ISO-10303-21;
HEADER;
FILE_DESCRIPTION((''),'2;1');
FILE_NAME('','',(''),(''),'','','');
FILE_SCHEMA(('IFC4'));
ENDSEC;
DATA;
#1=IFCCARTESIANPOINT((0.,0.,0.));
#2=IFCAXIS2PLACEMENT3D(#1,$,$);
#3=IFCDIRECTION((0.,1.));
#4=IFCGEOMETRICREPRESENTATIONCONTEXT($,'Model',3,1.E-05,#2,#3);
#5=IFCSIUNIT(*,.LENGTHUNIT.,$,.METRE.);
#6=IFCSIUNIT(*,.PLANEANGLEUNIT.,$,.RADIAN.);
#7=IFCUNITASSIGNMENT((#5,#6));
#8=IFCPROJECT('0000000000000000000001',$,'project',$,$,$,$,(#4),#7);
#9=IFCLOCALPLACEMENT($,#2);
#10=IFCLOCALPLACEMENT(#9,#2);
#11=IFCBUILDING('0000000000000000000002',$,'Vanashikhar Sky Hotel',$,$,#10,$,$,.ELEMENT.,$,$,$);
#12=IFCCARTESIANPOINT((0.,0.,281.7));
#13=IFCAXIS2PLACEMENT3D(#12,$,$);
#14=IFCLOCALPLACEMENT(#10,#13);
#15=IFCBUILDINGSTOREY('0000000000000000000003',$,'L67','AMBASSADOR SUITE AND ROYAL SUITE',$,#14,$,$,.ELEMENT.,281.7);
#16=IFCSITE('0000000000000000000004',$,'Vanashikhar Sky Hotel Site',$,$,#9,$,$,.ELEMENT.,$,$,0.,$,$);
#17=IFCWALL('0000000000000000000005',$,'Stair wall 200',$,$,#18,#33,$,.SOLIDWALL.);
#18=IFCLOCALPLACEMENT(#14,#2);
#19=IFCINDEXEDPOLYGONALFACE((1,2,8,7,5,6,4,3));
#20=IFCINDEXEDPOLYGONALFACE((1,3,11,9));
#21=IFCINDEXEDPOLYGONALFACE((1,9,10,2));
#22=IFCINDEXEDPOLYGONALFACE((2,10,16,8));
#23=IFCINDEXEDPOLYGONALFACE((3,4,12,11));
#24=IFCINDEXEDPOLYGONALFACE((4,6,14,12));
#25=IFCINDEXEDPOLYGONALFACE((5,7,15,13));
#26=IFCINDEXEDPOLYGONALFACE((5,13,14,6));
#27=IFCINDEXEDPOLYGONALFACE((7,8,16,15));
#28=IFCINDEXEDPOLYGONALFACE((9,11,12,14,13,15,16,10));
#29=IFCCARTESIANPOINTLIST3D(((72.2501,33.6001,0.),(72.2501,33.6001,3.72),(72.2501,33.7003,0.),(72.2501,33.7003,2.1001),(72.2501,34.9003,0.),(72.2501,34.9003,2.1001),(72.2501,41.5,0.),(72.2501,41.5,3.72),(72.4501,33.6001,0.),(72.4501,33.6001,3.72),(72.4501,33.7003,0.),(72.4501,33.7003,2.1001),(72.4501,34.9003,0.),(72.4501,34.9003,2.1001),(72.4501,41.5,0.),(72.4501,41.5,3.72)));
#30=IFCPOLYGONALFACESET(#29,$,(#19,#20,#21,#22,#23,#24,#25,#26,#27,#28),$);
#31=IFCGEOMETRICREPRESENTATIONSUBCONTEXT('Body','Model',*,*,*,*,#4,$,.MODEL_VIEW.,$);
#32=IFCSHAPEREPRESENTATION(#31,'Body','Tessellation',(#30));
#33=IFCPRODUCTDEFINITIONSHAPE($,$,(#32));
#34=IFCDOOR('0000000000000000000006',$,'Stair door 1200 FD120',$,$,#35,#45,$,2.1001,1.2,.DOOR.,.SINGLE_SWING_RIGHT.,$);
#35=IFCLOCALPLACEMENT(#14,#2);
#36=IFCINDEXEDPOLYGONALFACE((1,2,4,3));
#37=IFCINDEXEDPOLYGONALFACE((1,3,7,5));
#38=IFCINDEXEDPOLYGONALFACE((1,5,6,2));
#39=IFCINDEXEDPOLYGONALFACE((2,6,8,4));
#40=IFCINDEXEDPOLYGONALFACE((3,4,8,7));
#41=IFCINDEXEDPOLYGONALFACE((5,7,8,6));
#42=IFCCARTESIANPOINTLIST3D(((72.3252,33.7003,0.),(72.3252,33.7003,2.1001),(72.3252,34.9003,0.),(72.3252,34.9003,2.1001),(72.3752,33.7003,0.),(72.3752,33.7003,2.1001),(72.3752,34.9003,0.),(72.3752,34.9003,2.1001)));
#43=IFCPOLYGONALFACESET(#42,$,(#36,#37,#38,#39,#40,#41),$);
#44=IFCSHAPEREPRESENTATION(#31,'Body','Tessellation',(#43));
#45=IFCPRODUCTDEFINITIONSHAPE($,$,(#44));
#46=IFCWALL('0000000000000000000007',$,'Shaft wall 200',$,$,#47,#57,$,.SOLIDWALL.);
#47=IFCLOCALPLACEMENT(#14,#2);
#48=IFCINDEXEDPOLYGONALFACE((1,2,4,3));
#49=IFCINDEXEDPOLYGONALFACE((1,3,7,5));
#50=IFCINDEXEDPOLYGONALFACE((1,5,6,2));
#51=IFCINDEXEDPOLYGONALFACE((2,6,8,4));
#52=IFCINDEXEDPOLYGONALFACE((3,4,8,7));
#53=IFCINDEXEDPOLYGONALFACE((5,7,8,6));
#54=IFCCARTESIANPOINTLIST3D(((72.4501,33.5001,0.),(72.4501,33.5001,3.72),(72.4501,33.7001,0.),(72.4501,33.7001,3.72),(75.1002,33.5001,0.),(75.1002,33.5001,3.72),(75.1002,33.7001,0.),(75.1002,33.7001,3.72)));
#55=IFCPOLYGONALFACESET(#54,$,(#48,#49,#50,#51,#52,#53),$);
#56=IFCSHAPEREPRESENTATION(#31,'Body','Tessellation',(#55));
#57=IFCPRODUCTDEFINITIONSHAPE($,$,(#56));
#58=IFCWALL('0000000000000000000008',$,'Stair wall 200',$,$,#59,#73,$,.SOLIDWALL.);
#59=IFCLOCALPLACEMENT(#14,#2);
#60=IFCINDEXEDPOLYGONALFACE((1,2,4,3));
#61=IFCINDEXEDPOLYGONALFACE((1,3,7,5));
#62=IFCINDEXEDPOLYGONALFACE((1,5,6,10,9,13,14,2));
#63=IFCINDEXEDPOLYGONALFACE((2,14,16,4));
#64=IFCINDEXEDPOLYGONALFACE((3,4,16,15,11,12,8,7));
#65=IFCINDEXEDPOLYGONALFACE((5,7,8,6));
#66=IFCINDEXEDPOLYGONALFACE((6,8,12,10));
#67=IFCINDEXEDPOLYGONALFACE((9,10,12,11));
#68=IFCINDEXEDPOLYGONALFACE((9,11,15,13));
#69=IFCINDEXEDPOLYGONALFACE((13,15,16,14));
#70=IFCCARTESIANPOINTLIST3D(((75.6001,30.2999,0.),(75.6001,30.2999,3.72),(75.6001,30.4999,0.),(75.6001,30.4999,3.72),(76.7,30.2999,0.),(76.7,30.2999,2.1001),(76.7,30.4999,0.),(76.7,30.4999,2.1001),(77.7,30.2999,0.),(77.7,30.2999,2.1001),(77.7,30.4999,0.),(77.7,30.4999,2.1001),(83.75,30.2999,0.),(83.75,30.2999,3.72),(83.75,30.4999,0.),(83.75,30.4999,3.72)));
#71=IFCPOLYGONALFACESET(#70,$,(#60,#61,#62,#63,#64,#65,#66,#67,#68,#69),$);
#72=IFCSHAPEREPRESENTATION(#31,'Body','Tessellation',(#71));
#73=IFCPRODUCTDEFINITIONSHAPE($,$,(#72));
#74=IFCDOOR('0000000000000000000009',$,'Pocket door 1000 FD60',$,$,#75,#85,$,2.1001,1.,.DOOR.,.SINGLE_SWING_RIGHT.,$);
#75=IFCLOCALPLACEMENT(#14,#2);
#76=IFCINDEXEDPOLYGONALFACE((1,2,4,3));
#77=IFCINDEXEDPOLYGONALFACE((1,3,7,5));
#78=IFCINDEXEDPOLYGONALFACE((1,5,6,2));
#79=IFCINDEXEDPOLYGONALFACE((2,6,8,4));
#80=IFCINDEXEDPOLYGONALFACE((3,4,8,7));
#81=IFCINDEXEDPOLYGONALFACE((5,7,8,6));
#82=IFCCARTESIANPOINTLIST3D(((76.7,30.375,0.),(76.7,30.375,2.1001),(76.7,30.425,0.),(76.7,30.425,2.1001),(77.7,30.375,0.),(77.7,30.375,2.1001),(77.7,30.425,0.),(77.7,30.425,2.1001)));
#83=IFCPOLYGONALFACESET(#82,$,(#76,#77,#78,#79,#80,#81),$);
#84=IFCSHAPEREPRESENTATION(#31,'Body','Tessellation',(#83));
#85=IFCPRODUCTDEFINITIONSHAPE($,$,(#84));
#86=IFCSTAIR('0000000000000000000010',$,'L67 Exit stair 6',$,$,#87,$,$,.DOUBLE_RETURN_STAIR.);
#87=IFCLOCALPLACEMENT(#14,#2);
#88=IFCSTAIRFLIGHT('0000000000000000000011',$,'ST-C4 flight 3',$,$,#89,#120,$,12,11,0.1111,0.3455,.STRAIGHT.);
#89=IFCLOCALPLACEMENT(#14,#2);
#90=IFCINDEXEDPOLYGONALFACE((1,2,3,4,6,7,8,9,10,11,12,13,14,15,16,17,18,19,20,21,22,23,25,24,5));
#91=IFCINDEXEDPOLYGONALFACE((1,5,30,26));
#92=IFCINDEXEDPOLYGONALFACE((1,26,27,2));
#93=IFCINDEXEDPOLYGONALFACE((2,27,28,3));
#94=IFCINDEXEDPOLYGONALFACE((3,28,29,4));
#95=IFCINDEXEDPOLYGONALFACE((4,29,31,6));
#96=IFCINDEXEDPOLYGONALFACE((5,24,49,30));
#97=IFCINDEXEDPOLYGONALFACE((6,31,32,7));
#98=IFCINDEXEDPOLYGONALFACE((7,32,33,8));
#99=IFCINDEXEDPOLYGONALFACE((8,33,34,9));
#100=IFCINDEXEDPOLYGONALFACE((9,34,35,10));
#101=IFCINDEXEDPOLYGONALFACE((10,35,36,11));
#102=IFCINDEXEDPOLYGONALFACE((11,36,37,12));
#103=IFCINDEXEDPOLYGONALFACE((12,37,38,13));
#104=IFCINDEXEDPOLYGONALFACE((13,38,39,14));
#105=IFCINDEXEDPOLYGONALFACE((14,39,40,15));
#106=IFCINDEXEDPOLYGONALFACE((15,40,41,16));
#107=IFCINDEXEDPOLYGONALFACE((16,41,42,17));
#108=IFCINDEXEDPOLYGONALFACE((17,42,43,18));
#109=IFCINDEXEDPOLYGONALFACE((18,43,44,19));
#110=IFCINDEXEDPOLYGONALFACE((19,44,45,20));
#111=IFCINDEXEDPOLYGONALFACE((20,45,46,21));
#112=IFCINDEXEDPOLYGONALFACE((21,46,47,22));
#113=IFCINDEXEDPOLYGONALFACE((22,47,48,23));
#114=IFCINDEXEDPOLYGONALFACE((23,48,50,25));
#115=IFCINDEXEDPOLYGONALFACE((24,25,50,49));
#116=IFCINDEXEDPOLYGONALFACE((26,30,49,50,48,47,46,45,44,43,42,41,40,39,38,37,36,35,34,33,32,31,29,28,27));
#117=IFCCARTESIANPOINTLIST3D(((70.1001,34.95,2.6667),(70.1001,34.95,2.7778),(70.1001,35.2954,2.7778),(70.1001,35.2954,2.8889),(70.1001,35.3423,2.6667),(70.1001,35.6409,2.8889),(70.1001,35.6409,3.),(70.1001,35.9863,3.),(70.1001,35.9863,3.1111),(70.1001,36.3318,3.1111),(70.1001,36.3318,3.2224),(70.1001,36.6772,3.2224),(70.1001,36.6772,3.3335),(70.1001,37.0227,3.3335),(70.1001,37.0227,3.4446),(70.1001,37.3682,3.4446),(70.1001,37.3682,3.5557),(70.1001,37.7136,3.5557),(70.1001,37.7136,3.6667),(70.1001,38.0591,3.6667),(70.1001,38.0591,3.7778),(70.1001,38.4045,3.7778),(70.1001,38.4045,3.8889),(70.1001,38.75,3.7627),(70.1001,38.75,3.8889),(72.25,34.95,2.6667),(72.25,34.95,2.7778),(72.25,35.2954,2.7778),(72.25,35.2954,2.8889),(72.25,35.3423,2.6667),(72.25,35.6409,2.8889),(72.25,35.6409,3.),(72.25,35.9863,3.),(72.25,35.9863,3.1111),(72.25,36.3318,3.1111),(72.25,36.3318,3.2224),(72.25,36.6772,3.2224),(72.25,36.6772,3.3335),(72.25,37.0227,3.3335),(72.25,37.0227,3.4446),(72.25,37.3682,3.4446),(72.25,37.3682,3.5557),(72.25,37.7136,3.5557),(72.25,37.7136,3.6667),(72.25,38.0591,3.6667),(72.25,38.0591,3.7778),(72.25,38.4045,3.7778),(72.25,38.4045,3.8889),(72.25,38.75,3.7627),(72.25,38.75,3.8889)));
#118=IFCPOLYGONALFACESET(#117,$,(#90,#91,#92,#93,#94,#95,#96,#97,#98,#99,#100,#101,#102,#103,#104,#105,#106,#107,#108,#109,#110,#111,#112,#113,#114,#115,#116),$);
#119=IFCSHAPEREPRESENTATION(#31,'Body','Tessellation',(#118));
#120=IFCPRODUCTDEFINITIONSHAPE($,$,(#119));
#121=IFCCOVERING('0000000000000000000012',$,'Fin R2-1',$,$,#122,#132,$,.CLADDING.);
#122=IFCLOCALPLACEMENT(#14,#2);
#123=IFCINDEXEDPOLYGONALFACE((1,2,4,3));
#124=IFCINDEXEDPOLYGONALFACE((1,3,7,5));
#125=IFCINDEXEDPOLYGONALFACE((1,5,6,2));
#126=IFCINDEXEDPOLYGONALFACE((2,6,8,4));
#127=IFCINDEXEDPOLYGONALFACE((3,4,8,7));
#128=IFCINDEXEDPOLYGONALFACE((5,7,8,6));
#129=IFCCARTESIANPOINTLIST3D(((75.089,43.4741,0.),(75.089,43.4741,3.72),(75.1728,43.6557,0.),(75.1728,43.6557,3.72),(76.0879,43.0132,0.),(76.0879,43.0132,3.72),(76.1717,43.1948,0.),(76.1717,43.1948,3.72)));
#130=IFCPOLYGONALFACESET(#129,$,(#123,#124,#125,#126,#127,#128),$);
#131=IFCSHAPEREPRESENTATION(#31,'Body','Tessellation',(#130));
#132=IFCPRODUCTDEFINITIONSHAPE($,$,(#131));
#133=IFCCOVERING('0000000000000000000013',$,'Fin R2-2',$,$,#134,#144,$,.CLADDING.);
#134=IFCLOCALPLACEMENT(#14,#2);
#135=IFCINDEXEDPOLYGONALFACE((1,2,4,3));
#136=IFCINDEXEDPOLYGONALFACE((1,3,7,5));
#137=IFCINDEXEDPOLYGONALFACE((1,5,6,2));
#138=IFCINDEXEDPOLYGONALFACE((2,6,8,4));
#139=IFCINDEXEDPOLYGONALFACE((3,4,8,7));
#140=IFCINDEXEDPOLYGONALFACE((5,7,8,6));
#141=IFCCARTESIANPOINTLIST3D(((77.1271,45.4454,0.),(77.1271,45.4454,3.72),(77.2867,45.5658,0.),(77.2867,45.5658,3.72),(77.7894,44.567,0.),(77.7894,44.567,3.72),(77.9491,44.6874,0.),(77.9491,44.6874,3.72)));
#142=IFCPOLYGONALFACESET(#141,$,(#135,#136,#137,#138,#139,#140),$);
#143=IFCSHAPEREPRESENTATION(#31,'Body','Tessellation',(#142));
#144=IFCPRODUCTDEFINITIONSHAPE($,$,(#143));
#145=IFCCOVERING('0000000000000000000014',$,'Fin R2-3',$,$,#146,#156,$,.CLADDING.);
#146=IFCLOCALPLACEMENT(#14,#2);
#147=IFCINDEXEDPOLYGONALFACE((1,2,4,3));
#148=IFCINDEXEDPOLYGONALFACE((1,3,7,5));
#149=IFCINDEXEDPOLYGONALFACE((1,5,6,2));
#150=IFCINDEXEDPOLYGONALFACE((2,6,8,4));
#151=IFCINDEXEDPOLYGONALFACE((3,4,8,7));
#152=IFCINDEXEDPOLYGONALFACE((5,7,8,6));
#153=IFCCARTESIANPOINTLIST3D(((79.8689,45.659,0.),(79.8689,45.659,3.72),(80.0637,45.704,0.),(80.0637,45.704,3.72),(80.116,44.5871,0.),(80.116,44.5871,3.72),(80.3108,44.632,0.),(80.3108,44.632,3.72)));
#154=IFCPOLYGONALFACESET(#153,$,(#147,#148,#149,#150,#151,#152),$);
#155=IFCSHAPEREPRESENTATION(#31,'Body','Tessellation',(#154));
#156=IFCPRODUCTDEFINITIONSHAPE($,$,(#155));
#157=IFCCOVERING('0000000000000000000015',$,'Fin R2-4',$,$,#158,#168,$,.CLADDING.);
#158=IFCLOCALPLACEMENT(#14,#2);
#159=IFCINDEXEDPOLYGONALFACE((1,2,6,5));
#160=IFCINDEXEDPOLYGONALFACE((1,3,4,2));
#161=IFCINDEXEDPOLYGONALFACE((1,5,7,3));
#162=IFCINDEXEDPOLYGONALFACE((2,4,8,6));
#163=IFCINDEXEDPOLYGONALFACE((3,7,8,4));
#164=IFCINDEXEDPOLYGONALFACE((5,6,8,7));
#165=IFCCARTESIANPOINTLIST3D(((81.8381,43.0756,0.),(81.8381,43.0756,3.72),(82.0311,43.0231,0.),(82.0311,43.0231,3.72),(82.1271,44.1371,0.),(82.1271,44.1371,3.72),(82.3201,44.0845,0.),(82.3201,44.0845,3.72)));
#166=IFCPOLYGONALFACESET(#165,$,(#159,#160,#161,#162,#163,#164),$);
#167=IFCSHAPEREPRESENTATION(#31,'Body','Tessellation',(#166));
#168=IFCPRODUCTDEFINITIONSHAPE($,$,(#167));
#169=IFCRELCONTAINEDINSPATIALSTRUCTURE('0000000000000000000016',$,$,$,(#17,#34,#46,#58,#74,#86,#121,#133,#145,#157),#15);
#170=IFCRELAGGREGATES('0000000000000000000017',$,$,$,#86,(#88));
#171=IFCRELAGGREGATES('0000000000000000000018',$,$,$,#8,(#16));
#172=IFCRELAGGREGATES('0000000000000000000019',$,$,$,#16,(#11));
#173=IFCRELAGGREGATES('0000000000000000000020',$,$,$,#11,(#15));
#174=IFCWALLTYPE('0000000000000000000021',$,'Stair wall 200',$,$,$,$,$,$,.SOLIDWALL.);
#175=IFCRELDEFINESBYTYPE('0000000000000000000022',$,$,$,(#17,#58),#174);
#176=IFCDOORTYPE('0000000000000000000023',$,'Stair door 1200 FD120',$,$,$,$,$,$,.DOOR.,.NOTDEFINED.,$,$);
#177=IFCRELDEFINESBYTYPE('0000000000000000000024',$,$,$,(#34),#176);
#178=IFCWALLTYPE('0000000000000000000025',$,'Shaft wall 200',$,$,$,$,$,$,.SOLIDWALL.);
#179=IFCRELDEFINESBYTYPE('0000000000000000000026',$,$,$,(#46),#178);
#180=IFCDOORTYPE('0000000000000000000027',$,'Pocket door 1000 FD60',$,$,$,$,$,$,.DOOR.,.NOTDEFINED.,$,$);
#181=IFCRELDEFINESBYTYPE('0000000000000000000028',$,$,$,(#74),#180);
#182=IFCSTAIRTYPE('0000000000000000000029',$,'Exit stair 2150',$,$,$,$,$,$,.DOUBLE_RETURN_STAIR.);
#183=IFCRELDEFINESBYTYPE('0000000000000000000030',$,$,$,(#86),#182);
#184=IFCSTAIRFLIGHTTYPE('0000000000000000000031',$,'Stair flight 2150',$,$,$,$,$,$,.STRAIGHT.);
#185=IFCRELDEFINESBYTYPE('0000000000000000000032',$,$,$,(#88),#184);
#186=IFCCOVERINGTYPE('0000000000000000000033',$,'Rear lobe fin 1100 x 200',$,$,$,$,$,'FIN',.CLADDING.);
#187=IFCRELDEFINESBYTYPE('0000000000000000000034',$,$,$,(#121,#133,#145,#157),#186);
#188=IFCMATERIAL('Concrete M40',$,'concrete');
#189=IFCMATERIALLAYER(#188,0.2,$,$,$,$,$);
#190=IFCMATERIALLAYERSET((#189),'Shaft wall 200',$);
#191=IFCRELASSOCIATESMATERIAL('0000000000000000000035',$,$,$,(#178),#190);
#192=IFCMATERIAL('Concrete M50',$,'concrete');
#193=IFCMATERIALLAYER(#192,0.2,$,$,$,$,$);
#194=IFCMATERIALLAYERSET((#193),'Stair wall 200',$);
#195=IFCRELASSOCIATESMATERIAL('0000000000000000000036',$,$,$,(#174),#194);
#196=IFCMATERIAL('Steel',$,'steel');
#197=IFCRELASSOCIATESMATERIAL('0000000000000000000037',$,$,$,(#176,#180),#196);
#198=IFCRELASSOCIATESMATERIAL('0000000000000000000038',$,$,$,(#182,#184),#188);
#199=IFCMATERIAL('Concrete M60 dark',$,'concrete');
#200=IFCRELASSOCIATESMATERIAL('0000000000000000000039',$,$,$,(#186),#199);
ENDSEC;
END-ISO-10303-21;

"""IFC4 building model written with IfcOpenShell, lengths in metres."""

from ifc_helpers import new_model, si_unit, direction, frame, frame_2d, origin, origin_2d, place, context, subcontext, project, spatial, polyline, rectangle, outline, extrude, source, transform, mapped, material, layer, layer_set, material_profile, profile_set, type_object, element, fill, aggregate, save


model = new_model("IFC4")

# Units and contexts
model_context = context("Model", 3, precision=1e-05, world=origin(), true_north=direction((0.0, 1.0)))
body_context = subcontext(model_context, "Body", "Model", "MODEL_VIEW")
ifc_project = project(units=[si_unit("LENGTHUNIT", "METRE"), si_unit("PLANEANGLEUNIT", "RADIAN")], contexts=[model_context])

# Site, building, storey
site_placement = place(None, origin())
site = spatial("IfcSite", under=ifc_project, at=site_placement, Name="Vanashikhar Sky Hotel Site", CompositionType="ELEMENT", RefElevation=0.0)
building_placement = place(site_placement, origin())
building = spatial("IfcBuilding", under=site, at=building_placement, Name="Vanashikhar Sky Hotel", CompositionType="ELEMENT")
storey_placement = place(building_placement, frame((0.0, 0.0, 281.7)))
storey = spatial("IfcBuildingStorey", under=building, at=storey_placement, Name="L67", Description="AMBASSADOR SUITE AND ROYAL SUITE", CompositionType="ELEMENT", Elevation=281.7)

# Shared definitions
ifc_material_1 = material(Name="Concrete M50", Category="concrete")

# Shared definitions
ifc_material_2 = material(Name="Concrete M40", Category="concrete")
ifc_layer_1 = layer(ifc_material_2, 0.2)
ifc_layer_set_1 = layer_set([ifc_layer_1], Name="Shaft wall 200")
wall_type_1 = type_object("IfcWallType", Name="Shaft wall 200", PredefinedType="SOLIDWALL", material=ifc_layer_set_1)

# Wall, opening, door
ifc_layer_2 = layer(ifc_material_1, 0.2)
ifc_layer_set_2 = layer_set([ifc_layer_2], Name="Stair wall 200")
wall_type_2 = type_object("IfcWallType", Name="Stair wall 200", PredefinedType="SOLIDWALL", material=ifc_layer_set_2)
shared_shape_1 = source(origin(), body_context, "Body", "SweptSolid", [
    extrude(rectangle(XDim=7.8999, YDim=0.2, at=frame_2d((3.95, 0.0))), origin(), (0.0, 0.0, 1.0), 3.72),
])
wall_1_placement = place(storey_placement, frame((72.3501, 33.6001, 0.0), z_axis=(0.0, 0.0, 1.0), x_axis=(0.0, 1.0, 0.0)))
wall_1 = element("IfcWall", 1, at=wall_1_placement, inside=storey, type_object=wall_type_2, Name="Stair wall 200", PredefinedType="SOLIDWALL", context=body_context, shape_type="MappedRepresentation", body=[
    mapped(shared_shape_1, transform((0.0, 0.0, 0.0), scale=1.0)),
])
shared_shape_2 = source(origin(), body_context, "Body", "SweptSolid", [
    extrude(rectangle(XDim=1.2, YDim=2.1001, at=frame_2d((0.6001, 1.05))), frame((0.0, 0.1099, 0.0), z_axis=(0.0, -1.0, 0.0), x_axis=(1.0, 0.0, 0.0)), (0.0, 0.0, 1.0), 0.22),
])
opening_1_placement = place(wall_1_placement, frame((0.1001, 0.0, 0.0)))
opening_1 = element("IfcOpeningElement", 2, at=opening_1_placement, cuts=wall_1, PredefinedType="OPENING", context=body_context, shape_type="MappedRepresentation", body=[
    mapped(shared_shape_2, transform((0.0, 0.0, 0.0), scale=1.0)),
])
ifc_material_3 = material(Name="Steel", Category="steel")
door_type_1 = type_object("IfcDoorType", Name="Stair door 1200 FD120", OperationType="NOTDEFINED", PredefinedType="DOOR", material=ifc_material_3)
shared_shape_3 = source(origin(), body_context, "Body", "SweptSolid", [
    extrude(rectangle(XDim=1.2, YDim=2.1001, at=frame_2d((0.6001, 1.05))), frame((0.0, 0.0249, 0.0), z_axis=(0.0, -1.0, 0.0), x_axis=(1.0, 0.0, 0.0)), (0.0, 0.0, 1.0), 0.05),
])
door_1_placement = place(opening_1_placement, origin())
door_1 = element("IfcDoor", 3, at=door_1_placement, inside=storey, type_object=door_type_1, Name="Stair door 1200 FD120", OperationType="SINGLE_SWING_RIGHT", OverallHeight=2.1001, OverallWidth=1.2, PredefinedType="DOOR", context=body_context, shape_type="MappedRepresentation", body=[
    mapped(shared_shape_3, transform((0.0, 0.0, 0.0), scale=1.0)),
])
fill(opening_1, door_1)

# Wall
shared_shape_4 = source(origin(), body_context, "Body", "SweptSolid", [
    extrude(rectangle(XDim=2.6501, YDim=0.2, at=frame_2d((1.3252, 0.0))), origin(), (0.0, 0.0, 1.0), 3.72),
])
wall_2_placement = place(storey_placement, frame((72.45, 33.6001, 0.0), z_axis=(0.0, 0.0, 1.0), x_axis=(1.0, 0.0, 0.0)))
element("IfcWall", 4, at=wall_2_placement, inside=storey, type_object=wall_type_1, Name="Shaft wall 200", PredefinedType="SOLIDWALL", context=body_context, shape_type="MappedRepresentation", body=[
    mapped(shared_shape_4, transform((0.0, 0.0, 0.0), scale=1.0)),
])

# Wall, opening, door
shared_shape_5 = source(origin(), body_context, "Body", "SweptSolid", [
    extrude(rectangle(XDim=8.1499, YDim=0.2, at=frame_2d((4.075, 0.0))), origin(), (0.0, 0.0, 1.0), 3.72),
])
wall_3_placement = place(storey_placement, frame((83.75, 30.3999, 0.0), z_axis=(0.0, 0.0, 1.0), x_axis=(-1.0, 0.0, 0.0)))
wall_3 = element("IfcWall", 5, at=wall_3_placement, inside=storey, type_object=wall_type_2, Name="Stair wall 200", PredefinedType="SOLIDWALL", context=body_context, shape_type="MappedRepresentation", body=[
    mapped(shared_shape_5, transform((0.0, 0.0, 0.0), scale=1.0)),
])
shared_shape_6 = source(origin(), body_context, "Body", "SweptSolid", [
    extrude(rectangle(XDim=1.0, YDim=2.1001, at=frame_2d((0.5, 1.05))), frame((0.0, 0.1099, 0.0), z_axis=(0.0, -1.0, 0.0), x_axis=(1.0, 0.0, 0.0)), (0.0, 0.0, 1.0), 0.22),
])
opening_2_placement = place(wall_3_placement, frame((6.05, 0.0, 0.0)))
opening_2 = element("IfcOpeningElement", 6, at=opening_2_placement, cuts=wall_3, PredefinedType="OPENING", context=body_context, shape_type="MappedRepresentation", body=[
    mapped(shared_shape_6, transform((0.0, 0.0, 0.0), scale=1.0)),
])
door_type_2 = type_object("IfcDoorType", Name="Pocket door 1000 FD60", OperationType="NOTDEFINED", PredefinedType="DOOR", material=ifc_material_3)
shared_shape_7 = source(origin(), body_context, "Body", "SweptSolid", [
    extrude(rectangle(XDim=1.0, YDim=2.1001, at=frame_2d((0.5, 1.05))), frame((0.0, 0.0249, 0.0), z_axis=(0.0, -1.0, 0.0), x_axis=(1.0, 0.0, 0.0)), (0.0, 0.0, 1.0), 0.05),
])
door_2_placement = place(opening_2_placement, origin())
door_2 = element("IfcDoor", 7, at=door_2_placement, inside=storey, type_object=door_type_2, Name="Pocket door 1000 FD60", OperationType="SINGLE_SWING_RIGHT", OverallHeight=2.1001, OverallWidth=1.0, PredefinedType="DOOR", context=body_context, shape_type="MappedRepresentation", body=[
    mapped(shared_shape_7, transform((0.0, 0.0, 0.0), scale=1.0)),
])
fill(opening_2, door_2)

# Stair, stair flight
stair_type = type_object("IfcStairType", Name="Exit stair 2150", PredefinedType="DOUBLE_RETURN_STAIR", material=ifc_material_2)
stair_placement = place(storey_placement, origin())
stair = element("IfcStair", 8, at=stair_placement, inside=storey, type_object=stair_type, Name="L67 Exit stair 6", PredefinedType="DOUBLE_RETURN_STAIR")
stair_flight_type = type_object("IfcStairFlightType", Name="Stair flight 2150", PredefinedType="STRAIGHT", material=ifc_material_2)
shared_shape_8 = source(origin(), body_context, "Body", "SweptSolid", [
    extrude(outline(polyline([(0.0, 0.0), (0.0, 0.1111), (0.3455, 0.1111), (0.3455, 0.2222), (0.6909, 0.2222), (0.6909, 0.3333), (1.0364, 0.3333), (1.0364, 0.4443), (1.3818, 0.4443), (1.3818, 0.5557), (1.7273, 0.5557), (1.7273, 0.6667), (2.0728, 0.6667), (2.0728, 0.7778), (2.4182, 0.7778), (2.4182, 0.8889), (2.7637, 0.8889), (2.7637, 1.0), (3.1091, 1.0), (3.1091, 1.1111), (3.4546, 1.1111), (3.4546, 1.2222), (3.8, 1.2222), (3.8, 1.3333), (3.8, 1.0959), (0.3923, 0.0), (0.0, 0.0)])), frame((0.0, 1.075, 0.0), z_axis=(0.0, -1.0, 0.0), x_axis=(1.0, 0.0, 0.0)), (0.0, 0.0, 1.0), 2.1499),
])
stair_flight_placement = place(storey_placement, frame((71.175, 34.95, 2.6667), z_axis=(0.0, 0.0, 1.0), x_axis=(0.0, 1.0, 0.0)))
stair_flight = element("IfcStairFlight", 9, at=stair_flight_placement, type_object=stair_flight_type, Name="ST-C4 flight 3", NumberOfRisers=12, NumberOfTreads=11, PredefinedType="STRAIGHT", RiserHeight=0.1111, TreadLength=0.3455, context=body_context, shape_type="MappedRepresentation", body=[
    mapped(shared_shape_8, transform((0.0, 0.0, 0.0), scale=1.0)),
])
aggregate(stair, [stair_flight])

# Coverings
ifc_material_4 = material(Name="Concrete M60 dark", Category="concrete")
ifc_material_profile = material_profile(ifc_material_4, rectangle(XDim=1.1001, YDim=0.2, at=origin_2d()))
ifc_profile_set = profile_set([ifc_material_profile], Name="Rear lobe fin 1100 x 200")
covering_type = type_object("IfcCoveringType", Name="Rear lobe fin 1100 x 200", ElementType="FIN", PredefinedType="CLADDING", material=ifc_profile_set)
shared_shape_9 = source(origin(), body_context, "Body", "SweptSolid", [
    extrude(rectangle(XDim=1.1001, YDim=0.2, at=origin_2d()), origin(), (0.0, 0.0, 1.0), 3.72),
])
for number, where, z_axis, x_axis, name in (
    (10, (75.6304, 43.3345, 0.0), (0.0, 0.0, 1.0), (-0.908004, 0.418961, 0.0), "Fin R2-1"),
    (11, (77.5381, 45.0664, 0.0), (0.0, 0.0, 1.0), (-0.602066, 0.798446, 0.0), "Fin R2-2"),
    (12, (80.0898, 45.1455, 0.0), (0.0, 0.0, 1.0), (-0.224645, 0.974441, 0.0), "Fin R2-3"),
    (13, (82.0791, 43.5801, 0.0), (0.0, 0.0, 1.0), (0.262711, 0.964874, 0.0), "Fin R2-4"),
):
    element("IfcCovering", number, at=place(storey_placement, frame(where, z_axis=z_axis, x_axis=x_axis)), inside=storey, type_object=covering_type, Name=name, PredefinedType="CLADDING", context=body_context, shape_type="MappedRepresentation", body=[
        mapped(shared_shape_9, transform((0.0, 0.0, 0.0), scale=1.0)),
    ])

save(model, "model.ifc")
